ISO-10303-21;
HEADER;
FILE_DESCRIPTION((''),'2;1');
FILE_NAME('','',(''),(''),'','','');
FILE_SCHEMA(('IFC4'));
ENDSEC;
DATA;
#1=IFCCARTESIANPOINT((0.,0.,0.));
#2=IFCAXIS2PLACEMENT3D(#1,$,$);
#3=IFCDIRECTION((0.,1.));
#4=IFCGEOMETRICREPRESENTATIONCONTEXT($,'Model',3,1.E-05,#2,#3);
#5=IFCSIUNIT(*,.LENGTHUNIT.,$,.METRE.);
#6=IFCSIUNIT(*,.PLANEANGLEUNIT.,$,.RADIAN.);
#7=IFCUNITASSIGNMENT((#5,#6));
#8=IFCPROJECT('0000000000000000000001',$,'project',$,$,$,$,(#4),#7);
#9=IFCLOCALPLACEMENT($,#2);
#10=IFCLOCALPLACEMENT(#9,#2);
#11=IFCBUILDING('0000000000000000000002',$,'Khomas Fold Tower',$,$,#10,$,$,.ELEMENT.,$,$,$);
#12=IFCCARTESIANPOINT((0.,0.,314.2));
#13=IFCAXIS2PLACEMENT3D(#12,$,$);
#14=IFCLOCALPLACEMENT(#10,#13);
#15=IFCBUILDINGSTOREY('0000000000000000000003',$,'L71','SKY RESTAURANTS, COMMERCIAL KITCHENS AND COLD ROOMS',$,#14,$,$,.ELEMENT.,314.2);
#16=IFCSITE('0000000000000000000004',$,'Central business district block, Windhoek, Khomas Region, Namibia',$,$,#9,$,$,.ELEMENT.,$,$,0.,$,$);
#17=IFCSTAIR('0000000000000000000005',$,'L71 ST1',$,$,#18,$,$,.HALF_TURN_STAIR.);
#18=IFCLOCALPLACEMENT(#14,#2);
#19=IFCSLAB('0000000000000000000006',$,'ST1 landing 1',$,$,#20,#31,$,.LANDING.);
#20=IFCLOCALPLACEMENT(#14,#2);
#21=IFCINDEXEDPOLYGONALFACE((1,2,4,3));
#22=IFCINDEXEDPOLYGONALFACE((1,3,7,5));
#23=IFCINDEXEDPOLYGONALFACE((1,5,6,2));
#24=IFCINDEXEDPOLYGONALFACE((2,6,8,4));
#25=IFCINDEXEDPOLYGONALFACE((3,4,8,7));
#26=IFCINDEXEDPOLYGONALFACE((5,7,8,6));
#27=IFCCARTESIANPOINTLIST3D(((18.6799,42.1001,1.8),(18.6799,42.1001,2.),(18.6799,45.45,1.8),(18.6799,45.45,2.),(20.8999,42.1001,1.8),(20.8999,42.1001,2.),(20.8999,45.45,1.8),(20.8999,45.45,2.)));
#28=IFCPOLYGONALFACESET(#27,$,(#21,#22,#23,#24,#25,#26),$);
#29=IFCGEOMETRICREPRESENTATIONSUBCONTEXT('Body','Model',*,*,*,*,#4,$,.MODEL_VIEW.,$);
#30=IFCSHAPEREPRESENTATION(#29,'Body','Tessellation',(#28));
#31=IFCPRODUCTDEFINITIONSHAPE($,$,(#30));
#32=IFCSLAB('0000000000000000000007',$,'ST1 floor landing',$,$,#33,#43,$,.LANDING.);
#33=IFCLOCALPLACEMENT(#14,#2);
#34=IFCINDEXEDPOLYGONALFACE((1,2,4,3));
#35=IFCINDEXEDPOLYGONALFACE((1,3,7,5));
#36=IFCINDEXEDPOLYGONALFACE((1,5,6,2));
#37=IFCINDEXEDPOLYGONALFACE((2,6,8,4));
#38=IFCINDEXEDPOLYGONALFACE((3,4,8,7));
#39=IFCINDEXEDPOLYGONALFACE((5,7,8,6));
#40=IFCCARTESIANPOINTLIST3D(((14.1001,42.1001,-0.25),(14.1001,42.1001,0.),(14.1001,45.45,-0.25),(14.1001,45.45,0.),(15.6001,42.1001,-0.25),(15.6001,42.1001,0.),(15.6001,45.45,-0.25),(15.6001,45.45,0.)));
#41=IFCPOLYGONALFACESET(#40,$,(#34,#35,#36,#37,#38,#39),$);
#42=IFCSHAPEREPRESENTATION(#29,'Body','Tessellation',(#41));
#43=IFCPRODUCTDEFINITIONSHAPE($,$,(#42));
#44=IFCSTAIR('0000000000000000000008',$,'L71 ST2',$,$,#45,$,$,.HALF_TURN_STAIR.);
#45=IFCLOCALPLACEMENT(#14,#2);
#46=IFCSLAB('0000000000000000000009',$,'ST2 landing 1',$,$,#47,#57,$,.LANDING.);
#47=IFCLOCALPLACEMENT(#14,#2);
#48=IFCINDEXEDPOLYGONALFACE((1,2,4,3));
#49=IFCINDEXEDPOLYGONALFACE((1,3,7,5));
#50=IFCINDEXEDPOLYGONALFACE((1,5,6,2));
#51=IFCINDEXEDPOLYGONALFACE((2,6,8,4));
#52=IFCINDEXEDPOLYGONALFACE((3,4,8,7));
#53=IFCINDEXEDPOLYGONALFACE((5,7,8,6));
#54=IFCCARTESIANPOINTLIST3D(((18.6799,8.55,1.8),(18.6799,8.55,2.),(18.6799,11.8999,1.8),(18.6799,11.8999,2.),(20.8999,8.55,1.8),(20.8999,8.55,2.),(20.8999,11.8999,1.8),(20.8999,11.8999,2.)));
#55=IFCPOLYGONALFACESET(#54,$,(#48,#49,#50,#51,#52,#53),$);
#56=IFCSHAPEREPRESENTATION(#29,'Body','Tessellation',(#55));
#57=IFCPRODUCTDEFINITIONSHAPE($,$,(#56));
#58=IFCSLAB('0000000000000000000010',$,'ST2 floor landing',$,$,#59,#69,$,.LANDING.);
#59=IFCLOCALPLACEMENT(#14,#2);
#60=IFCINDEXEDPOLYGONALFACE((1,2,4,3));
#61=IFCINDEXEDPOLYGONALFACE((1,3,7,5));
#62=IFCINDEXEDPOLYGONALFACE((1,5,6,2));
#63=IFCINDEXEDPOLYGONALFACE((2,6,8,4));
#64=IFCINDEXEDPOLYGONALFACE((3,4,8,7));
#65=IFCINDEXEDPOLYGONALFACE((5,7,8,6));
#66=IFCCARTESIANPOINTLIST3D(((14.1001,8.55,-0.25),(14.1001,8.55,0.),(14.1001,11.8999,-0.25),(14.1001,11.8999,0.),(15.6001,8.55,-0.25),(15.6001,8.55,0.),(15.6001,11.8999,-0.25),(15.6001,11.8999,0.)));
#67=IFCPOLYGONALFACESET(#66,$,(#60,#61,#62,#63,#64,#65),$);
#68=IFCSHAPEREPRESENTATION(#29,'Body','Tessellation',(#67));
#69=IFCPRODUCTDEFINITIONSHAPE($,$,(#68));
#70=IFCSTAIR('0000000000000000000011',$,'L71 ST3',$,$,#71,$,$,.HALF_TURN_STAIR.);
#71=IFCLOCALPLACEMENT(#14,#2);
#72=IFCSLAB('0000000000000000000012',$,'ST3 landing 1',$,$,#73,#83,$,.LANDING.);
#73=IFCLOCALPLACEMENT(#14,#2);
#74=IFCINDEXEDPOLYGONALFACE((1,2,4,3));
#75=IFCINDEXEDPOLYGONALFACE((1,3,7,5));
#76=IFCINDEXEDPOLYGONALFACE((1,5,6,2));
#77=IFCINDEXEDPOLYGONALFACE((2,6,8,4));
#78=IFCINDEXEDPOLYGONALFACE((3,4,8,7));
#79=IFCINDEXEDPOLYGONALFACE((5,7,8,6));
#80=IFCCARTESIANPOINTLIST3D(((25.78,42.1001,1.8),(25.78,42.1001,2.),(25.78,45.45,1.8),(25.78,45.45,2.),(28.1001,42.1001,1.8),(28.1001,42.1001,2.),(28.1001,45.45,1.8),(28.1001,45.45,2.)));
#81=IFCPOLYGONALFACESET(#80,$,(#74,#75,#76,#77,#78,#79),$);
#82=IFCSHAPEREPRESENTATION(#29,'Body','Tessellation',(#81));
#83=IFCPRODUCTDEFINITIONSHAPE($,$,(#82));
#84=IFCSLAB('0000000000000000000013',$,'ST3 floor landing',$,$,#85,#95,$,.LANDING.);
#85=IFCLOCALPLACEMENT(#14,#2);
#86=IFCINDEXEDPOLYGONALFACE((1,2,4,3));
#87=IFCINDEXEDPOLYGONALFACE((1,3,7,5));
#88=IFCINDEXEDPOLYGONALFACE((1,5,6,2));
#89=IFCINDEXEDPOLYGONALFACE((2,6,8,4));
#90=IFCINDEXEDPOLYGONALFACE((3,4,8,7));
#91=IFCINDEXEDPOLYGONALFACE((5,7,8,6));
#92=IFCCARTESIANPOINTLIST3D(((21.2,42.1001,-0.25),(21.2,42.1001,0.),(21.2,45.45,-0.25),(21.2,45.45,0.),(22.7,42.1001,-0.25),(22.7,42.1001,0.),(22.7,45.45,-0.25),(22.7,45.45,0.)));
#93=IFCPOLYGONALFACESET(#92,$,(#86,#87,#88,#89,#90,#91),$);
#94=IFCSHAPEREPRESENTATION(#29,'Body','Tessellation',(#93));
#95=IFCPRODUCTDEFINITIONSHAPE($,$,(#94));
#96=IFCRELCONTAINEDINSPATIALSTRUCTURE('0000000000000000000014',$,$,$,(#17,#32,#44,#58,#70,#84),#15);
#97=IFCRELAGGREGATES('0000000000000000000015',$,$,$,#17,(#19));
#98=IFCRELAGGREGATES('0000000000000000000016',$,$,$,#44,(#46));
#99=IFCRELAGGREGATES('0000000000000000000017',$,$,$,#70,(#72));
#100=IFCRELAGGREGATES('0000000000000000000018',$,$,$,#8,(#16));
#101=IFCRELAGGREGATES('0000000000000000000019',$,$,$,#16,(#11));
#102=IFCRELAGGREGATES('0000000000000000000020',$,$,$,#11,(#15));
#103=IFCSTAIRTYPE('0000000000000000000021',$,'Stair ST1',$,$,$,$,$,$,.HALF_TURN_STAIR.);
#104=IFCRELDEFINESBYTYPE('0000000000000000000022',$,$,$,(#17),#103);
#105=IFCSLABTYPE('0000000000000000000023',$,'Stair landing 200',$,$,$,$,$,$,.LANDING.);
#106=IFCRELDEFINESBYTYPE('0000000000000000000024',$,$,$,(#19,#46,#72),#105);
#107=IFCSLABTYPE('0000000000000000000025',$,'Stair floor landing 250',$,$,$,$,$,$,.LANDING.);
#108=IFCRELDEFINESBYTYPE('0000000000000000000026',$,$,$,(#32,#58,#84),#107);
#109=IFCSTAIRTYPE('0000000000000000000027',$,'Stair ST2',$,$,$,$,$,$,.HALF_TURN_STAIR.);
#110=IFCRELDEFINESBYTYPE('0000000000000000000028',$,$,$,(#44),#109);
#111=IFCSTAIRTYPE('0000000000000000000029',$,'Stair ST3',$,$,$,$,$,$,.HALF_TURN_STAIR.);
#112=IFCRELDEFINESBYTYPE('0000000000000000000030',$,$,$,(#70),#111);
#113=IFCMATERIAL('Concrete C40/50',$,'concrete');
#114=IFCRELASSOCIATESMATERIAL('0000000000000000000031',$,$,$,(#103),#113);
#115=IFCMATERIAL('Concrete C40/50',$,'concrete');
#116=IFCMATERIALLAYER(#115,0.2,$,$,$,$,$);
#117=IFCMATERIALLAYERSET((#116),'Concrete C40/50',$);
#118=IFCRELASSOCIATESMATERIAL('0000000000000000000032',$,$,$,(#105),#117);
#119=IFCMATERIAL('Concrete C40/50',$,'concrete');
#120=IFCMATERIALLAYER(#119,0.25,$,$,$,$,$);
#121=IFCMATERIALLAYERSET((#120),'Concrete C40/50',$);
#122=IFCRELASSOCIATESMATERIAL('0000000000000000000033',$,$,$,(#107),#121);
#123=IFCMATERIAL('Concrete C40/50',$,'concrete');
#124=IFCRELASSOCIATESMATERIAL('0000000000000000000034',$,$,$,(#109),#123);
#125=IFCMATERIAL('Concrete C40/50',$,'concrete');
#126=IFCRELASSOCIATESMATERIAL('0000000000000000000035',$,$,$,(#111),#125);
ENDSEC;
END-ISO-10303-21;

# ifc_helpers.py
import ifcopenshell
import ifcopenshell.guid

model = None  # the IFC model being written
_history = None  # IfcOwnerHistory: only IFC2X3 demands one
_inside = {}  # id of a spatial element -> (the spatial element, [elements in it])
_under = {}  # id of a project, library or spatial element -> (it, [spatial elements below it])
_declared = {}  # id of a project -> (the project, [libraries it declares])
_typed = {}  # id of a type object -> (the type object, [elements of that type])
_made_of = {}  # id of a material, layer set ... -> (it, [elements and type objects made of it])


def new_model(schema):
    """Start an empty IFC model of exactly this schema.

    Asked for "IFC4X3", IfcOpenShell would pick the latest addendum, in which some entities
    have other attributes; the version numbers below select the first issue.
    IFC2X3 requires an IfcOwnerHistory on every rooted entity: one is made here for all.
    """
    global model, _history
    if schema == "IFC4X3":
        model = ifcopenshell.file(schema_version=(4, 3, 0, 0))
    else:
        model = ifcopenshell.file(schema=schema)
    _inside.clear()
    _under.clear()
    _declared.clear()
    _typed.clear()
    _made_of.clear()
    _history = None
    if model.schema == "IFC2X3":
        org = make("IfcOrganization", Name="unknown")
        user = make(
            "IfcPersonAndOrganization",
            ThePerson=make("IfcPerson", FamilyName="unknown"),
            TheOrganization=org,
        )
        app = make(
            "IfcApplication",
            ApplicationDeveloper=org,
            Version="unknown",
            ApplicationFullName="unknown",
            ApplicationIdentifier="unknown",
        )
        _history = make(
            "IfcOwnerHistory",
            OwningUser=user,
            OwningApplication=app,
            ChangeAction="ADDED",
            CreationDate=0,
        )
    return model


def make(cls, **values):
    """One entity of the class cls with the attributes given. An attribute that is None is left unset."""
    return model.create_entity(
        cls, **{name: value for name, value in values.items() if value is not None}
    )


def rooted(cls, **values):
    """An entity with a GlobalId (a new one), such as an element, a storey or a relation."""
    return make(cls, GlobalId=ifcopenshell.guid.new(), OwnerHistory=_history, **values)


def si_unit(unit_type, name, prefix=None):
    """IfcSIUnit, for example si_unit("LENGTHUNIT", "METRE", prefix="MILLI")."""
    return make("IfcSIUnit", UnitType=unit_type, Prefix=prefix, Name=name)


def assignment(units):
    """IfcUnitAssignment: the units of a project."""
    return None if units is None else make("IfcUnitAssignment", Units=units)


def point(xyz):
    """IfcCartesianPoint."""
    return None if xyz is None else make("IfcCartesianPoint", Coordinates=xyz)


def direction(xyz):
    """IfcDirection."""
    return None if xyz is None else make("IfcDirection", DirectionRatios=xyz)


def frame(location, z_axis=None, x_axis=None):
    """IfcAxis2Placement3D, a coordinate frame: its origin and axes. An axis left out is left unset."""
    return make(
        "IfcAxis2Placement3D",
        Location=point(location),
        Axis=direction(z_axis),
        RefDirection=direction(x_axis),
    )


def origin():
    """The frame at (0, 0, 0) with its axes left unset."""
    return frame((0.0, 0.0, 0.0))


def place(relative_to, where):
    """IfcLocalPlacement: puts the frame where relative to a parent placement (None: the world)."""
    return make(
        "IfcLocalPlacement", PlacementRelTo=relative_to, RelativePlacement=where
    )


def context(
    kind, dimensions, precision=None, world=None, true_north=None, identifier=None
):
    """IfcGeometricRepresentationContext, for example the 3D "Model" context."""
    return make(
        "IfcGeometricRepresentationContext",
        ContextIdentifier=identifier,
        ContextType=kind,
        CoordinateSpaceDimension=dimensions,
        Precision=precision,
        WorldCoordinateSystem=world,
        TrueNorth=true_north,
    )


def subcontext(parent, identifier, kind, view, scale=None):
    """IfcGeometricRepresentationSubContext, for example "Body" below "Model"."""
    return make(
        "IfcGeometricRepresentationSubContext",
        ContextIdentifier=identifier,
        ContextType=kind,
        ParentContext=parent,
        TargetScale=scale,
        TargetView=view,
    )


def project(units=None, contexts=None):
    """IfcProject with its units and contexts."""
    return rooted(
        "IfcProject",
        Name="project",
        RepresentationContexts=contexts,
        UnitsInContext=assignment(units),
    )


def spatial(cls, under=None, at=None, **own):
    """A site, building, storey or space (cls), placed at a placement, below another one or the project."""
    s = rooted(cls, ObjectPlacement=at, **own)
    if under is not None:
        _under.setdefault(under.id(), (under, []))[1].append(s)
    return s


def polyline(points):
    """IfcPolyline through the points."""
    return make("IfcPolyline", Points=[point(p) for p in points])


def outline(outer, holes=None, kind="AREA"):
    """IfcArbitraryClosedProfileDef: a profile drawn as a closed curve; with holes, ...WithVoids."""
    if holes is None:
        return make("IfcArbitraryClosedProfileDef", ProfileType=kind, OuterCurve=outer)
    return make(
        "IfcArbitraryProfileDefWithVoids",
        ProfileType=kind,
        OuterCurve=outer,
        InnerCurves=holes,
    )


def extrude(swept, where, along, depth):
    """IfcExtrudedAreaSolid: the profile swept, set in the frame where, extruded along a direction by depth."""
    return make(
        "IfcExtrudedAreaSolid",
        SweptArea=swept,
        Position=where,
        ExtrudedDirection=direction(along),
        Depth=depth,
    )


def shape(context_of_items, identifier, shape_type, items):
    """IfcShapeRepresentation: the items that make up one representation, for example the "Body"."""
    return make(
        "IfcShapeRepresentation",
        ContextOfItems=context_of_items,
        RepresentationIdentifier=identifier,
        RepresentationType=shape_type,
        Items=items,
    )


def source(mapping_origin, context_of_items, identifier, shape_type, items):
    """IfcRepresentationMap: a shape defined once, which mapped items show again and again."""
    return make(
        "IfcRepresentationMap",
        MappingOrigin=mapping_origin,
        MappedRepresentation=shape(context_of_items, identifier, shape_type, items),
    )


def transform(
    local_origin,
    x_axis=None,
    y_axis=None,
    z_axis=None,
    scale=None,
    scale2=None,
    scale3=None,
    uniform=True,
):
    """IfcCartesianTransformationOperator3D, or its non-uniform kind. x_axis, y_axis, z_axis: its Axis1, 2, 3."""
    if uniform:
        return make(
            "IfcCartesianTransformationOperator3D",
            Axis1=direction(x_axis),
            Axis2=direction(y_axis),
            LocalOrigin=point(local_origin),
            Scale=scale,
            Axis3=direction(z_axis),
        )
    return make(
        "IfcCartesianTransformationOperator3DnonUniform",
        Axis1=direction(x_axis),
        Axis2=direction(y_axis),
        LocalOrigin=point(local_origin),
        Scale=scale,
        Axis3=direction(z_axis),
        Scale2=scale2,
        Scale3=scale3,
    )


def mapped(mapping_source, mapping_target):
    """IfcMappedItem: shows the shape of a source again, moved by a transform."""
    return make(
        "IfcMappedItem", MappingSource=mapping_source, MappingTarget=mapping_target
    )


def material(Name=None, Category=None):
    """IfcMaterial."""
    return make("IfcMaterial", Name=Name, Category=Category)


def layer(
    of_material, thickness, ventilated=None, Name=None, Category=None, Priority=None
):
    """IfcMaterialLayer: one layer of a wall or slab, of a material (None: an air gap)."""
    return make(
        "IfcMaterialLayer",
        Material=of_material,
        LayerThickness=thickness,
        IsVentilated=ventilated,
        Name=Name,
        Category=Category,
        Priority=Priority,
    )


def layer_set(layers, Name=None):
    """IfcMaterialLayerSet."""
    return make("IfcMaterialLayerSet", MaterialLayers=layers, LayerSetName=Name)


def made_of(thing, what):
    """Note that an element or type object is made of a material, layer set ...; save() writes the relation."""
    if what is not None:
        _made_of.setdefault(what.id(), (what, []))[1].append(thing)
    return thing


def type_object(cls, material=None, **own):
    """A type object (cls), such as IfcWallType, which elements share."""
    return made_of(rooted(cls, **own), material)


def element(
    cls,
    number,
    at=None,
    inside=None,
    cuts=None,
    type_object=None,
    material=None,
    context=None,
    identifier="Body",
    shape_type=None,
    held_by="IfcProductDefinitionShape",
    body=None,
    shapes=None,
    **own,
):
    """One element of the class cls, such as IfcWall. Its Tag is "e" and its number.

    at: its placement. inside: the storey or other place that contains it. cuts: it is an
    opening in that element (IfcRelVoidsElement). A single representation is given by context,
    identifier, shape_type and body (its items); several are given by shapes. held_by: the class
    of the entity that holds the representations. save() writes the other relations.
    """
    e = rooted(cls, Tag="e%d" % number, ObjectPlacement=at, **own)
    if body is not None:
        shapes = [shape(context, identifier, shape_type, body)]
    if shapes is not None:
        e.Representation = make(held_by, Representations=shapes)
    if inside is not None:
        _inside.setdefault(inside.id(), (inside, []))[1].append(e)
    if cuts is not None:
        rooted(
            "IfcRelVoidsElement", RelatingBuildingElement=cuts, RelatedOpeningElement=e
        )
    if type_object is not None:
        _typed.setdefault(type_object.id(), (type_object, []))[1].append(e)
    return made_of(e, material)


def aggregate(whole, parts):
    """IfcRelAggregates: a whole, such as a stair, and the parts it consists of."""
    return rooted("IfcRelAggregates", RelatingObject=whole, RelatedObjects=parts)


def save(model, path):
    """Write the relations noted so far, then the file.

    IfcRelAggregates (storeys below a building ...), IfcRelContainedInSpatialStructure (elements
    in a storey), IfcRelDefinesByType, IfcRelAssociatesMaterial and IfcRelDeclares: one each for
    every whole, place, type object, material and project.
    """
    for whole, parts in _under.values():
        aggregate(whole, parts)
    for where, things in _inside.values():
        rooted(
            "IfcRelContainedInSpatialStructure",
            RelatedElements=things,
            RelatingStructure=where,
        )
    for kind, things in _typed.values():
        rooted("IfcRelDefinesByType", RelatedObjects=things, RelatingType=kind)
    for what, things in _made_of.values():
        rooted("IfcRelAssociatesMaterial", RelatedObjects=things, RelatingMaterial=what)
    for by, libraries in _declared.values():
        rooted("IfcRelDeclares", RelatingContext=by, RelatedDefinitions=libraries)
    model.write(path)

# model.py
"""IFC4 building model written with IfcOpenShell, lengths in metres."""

from ifc_helpers import new_model, si_unit, direction, frame, origin, place, context, subcontext, project, spatial, polyline, outline, extrude, source, transform, mapped, material, layer, layer_set, type_object, element, aggregate, save


model = new_model("IFC4")

# Units and contexts
model_context = context("Model", 3, precision=1e-05, world=origin(), true_north=direction((0.0, 1.0)))
body_context = subcontext(model_context, "Body", "Model", "MODEL_VIEW")
ifc_project = project(units=[si_unit("LENGTHUNIT", "METRE"), si_unit("PLANEANGLEUNIT", "RADIAN")], contexts=[model_context])

# Site, building, storey
site_placement = place(None, origin())
site = spatial("IfcSite", under=ifc_project, at=site_placement, Name="Central business district block, Windhoek, Khomas Region, Namibia", CompositionType="ELEMENT", RefElevation=0.0)
building_placement = place(site_placement, origin())
building = spatial("IfcBuilding", under=site, at=building_placement, Name="Khomas Fold Tower", CompositionType="ELEMENT")
storey_placement = place(building_placement, frame((0.0, 0.0, 314.2)))
storey = spatial("IfcBuildingStorey", under=building, at=storey_placement, Name="L71", Description="SKY RESTAURANTS, COMMERCIAL KITCHENS AND COLD ROOMS", CompositionType="ELEMENT", Elevation=314.2)

# Stair, slab
ifc_material_1 = material(Name="Concrete C40/50", Category="concrete")
stair_type_1 = type_object("IfcStairType", Name="Stair ST1", PredefinedType="HALF_TURN_STAIR", material=ifc_material_1)
stair_1_placement = place(storey_placement, origin())
stair_1 = element("IfcStair", 1, at=stair_1_placement, inside=storey, type_object=stair_type_1, Name="L71 ST1", PredefinedType="HALF_TURN_STAIR")
ifc_material_2 = material(Name="Concrete C40/50", Category="concrete")
ifc_layer_1 = layer(ifc_material_2, 0.2)
ifc_layer_set_1 = layer_set([ifc_layer_1], Name="Concrete C40/50")
slab_type_1 = type_object("IfcSlabType", Name="Stair landing 200", PredefinedType="LANDING", material=ifc_layer_set_1)
shared_shape_1 = source(origin(), body_context, "Body", "SweptSolid", [
    extrude(outline(polyline([(18.6799, 42.1001), (20.8999, 42.1001), (20.8999, 45.45), (18.6799, 45.45), (18.6799, 42.1001)])), origin(), (0.0, 0.0, 1.0), 0.2),
])
slab_1_placement = place(storey_placement, frame((0.0, 0.0, 1.8)))
slab_1 = element("IfcSlab", 2, at=slab_1_placement, type_object=slab_type_1, Name="ST1 landing 1", PredefinedType="LANDING", context=body_context, shape_type="MappedRepresentation", body=[
    mapped(shared_shape_1, transform((0.0, 0.0, 0.0))),
])
aggregate(stair_1, [slab_1])

# Slab
ifc_material_3 = material(Name="Concrete C40/50", Category="concrete")
ifc_layer_2 = layer(ifc_material_3, 0.25)
ifc_layer_set_2 = layer_set([ifc_layer_2], Name="Concrete C40/50")
slab_type_2 = type_object("IfcSlabType", Name="Stair floor landing 250", PredefinedType="LANDING", material=ifc_layer_set_2)
shared_shape_2 = source(origin(), body_context, "Body", "SweptSolid", [
    extrude(outline(polyline([(15.6001, 42.1001), (14.1001, 42.1001), (14.1001, 45.45), (15.6001, 45.45), (15.6001, 42.1001)])), origin(), (0.0, 0.0, 1.0), 0.25),
])
slab_2_placement = place(storey_placement, frame((0.0, 0.0, -0.25)))
element("IfcSlab", 3, at=slab_2_placement, inside=storey, type_object=slab_type_2, Name="ST1 floor landing", PredefinedType="LANDING", context=body_context, shape_type="MappedRepresentation", body=[
    mapped(shared_shape_2, transform((0.0, 0.0, 0.0))),
])

# Stair, slab
ifc_material_4 = material(Name="Concrete C40/50", Category="concrete")
stair_type_2 = type_object("IfcStairType", Name="Stair ST2", PredefinedType="HALF_TURN_STAIR", material=ifc_material_4)
stair_2_placement = place(storey_placement, origin())
stair_2 = element("IfcStair", 4, at=stair_2_placement, inside=storey, type_object=stair_type_2, Name="L71 ST2", PredefinedType="HALF_TURN_STAIR")
shared_shape_3 = source(origin(), body_context, "Body", "SweptSolid", [
    extrude(outline(polyline([(18.6799, 8.55), (20.8999, 8.55), (20.8999, 11.8999), (18.6799, 11.8999), (18.6799, 8.55)])), origin(), (0.0, 0.0, 1.0), 0.2),
])
slab_3_placement = place(storey_placement, frame((0.0, 0.0, 1.8)))
slab_3 = element("IfcSlab", 5, at=slab_3_placement, type_object=slab_type_1, Name="ST2 landing 1", PredefinedType="LANDING", context=body_context, shape_type="MappedRepresentation", body=[
    mapped(shared_shape_3, transform((0.0, 0.0, 0.0))),
])
aggregate(stair_2, [slab_3])

# Slab
shared_shape_4 = source(origin(), body_context, "Body", "SweptSolid", [
    extrude(outline(polyline([(15.6001, 8.55), (14.1001, 8.55), (14.1001, 11.8999), (15.6001, 11.8999), (15.6001, 8.55)])), origin(), (0.0, 0.0, 1.0), 0.25),
])
slab_4_placement = place(storey_placement, frame((0.0, 0.0, -0.25)))
element("IfcSlab", 6, at=slab_4_placement, inside=storey, type_object=slab_type_2, Name="ST2 floor landing", PredefinedType="LANDING", context=body_context, shape_type="MappedRepresentation", body=[
    mapped(shared_shape_4, transform((0.0, 0.0, 0.0))),
])

# Stair, slab
ifc_material_5 = material(Name="Concrete C40/50", Category="concrete")
stair_type_3 = type_object("IfcStairType", Name="Stair ST3", PredefinedType="HALF_TURN_STAIR", material=ifc_material_5)
stair_3_placement = place(storey_placement, origin())
stair_3 = element("IfcStair", 7, at=stair_3_placement, inside=storey, type_object=stair_type_3, Name="L71 ST3", PredefinedType="HALF_TURN_STAIR")
shared_shape_5 = source(origin(), body_context, "Body", "SweptSolid", [
    extrude(outline(polyline([(25.78, 42.1001), (28.1001, 42.1001), (28.1001, 45.45), (25.78, 45.45), (25.78, 42.1001)])), origin(), (0.0, 0.0, 1.0), 0.2),
])
slab_5_placement = place(storey_placement, frame((0.0, 0.0, 1.8)))
slab_5 = element("IfcSlab", 8, at=slab_5_placement, type_object=slab_type_1, Name="ST3 landing 1", PredefinedType="LANDING", context=body_context, shape_type="MappedRepresentation", body=[
    mapped(shared_shape_5, transform((0.0, 0.0, 0.0))),
])
aggregate(stair_3, [slab_5])

# Slab
shared_shape_6 = source(origin(), body_context, "Body", "SweptSolid", [
    extrude(outline(polyline([(22.7, 42.1001), (21.2, 42.1001), (21.2, 45.45), (22.7, 45.45), (22.7, 42.1001)])), origin(), (0.0, 0.0, 1.0), 0.25),
])
slab_6_placement = place(storey_placement, frame((0.0, 0.0, -0.25)))
element("IfcSlab", 9, at=slab_6_placement, inside=storey, type_object=slab_type_2, Name="ST3 floor landing", PredefinedType="LANDING", context=body_context, shape_type="MappedRepresentation", body=[
    mapped(shared_shape_6, transform((0.0, 0.0, 0.0))),
])

save(model, "model.ifc")
